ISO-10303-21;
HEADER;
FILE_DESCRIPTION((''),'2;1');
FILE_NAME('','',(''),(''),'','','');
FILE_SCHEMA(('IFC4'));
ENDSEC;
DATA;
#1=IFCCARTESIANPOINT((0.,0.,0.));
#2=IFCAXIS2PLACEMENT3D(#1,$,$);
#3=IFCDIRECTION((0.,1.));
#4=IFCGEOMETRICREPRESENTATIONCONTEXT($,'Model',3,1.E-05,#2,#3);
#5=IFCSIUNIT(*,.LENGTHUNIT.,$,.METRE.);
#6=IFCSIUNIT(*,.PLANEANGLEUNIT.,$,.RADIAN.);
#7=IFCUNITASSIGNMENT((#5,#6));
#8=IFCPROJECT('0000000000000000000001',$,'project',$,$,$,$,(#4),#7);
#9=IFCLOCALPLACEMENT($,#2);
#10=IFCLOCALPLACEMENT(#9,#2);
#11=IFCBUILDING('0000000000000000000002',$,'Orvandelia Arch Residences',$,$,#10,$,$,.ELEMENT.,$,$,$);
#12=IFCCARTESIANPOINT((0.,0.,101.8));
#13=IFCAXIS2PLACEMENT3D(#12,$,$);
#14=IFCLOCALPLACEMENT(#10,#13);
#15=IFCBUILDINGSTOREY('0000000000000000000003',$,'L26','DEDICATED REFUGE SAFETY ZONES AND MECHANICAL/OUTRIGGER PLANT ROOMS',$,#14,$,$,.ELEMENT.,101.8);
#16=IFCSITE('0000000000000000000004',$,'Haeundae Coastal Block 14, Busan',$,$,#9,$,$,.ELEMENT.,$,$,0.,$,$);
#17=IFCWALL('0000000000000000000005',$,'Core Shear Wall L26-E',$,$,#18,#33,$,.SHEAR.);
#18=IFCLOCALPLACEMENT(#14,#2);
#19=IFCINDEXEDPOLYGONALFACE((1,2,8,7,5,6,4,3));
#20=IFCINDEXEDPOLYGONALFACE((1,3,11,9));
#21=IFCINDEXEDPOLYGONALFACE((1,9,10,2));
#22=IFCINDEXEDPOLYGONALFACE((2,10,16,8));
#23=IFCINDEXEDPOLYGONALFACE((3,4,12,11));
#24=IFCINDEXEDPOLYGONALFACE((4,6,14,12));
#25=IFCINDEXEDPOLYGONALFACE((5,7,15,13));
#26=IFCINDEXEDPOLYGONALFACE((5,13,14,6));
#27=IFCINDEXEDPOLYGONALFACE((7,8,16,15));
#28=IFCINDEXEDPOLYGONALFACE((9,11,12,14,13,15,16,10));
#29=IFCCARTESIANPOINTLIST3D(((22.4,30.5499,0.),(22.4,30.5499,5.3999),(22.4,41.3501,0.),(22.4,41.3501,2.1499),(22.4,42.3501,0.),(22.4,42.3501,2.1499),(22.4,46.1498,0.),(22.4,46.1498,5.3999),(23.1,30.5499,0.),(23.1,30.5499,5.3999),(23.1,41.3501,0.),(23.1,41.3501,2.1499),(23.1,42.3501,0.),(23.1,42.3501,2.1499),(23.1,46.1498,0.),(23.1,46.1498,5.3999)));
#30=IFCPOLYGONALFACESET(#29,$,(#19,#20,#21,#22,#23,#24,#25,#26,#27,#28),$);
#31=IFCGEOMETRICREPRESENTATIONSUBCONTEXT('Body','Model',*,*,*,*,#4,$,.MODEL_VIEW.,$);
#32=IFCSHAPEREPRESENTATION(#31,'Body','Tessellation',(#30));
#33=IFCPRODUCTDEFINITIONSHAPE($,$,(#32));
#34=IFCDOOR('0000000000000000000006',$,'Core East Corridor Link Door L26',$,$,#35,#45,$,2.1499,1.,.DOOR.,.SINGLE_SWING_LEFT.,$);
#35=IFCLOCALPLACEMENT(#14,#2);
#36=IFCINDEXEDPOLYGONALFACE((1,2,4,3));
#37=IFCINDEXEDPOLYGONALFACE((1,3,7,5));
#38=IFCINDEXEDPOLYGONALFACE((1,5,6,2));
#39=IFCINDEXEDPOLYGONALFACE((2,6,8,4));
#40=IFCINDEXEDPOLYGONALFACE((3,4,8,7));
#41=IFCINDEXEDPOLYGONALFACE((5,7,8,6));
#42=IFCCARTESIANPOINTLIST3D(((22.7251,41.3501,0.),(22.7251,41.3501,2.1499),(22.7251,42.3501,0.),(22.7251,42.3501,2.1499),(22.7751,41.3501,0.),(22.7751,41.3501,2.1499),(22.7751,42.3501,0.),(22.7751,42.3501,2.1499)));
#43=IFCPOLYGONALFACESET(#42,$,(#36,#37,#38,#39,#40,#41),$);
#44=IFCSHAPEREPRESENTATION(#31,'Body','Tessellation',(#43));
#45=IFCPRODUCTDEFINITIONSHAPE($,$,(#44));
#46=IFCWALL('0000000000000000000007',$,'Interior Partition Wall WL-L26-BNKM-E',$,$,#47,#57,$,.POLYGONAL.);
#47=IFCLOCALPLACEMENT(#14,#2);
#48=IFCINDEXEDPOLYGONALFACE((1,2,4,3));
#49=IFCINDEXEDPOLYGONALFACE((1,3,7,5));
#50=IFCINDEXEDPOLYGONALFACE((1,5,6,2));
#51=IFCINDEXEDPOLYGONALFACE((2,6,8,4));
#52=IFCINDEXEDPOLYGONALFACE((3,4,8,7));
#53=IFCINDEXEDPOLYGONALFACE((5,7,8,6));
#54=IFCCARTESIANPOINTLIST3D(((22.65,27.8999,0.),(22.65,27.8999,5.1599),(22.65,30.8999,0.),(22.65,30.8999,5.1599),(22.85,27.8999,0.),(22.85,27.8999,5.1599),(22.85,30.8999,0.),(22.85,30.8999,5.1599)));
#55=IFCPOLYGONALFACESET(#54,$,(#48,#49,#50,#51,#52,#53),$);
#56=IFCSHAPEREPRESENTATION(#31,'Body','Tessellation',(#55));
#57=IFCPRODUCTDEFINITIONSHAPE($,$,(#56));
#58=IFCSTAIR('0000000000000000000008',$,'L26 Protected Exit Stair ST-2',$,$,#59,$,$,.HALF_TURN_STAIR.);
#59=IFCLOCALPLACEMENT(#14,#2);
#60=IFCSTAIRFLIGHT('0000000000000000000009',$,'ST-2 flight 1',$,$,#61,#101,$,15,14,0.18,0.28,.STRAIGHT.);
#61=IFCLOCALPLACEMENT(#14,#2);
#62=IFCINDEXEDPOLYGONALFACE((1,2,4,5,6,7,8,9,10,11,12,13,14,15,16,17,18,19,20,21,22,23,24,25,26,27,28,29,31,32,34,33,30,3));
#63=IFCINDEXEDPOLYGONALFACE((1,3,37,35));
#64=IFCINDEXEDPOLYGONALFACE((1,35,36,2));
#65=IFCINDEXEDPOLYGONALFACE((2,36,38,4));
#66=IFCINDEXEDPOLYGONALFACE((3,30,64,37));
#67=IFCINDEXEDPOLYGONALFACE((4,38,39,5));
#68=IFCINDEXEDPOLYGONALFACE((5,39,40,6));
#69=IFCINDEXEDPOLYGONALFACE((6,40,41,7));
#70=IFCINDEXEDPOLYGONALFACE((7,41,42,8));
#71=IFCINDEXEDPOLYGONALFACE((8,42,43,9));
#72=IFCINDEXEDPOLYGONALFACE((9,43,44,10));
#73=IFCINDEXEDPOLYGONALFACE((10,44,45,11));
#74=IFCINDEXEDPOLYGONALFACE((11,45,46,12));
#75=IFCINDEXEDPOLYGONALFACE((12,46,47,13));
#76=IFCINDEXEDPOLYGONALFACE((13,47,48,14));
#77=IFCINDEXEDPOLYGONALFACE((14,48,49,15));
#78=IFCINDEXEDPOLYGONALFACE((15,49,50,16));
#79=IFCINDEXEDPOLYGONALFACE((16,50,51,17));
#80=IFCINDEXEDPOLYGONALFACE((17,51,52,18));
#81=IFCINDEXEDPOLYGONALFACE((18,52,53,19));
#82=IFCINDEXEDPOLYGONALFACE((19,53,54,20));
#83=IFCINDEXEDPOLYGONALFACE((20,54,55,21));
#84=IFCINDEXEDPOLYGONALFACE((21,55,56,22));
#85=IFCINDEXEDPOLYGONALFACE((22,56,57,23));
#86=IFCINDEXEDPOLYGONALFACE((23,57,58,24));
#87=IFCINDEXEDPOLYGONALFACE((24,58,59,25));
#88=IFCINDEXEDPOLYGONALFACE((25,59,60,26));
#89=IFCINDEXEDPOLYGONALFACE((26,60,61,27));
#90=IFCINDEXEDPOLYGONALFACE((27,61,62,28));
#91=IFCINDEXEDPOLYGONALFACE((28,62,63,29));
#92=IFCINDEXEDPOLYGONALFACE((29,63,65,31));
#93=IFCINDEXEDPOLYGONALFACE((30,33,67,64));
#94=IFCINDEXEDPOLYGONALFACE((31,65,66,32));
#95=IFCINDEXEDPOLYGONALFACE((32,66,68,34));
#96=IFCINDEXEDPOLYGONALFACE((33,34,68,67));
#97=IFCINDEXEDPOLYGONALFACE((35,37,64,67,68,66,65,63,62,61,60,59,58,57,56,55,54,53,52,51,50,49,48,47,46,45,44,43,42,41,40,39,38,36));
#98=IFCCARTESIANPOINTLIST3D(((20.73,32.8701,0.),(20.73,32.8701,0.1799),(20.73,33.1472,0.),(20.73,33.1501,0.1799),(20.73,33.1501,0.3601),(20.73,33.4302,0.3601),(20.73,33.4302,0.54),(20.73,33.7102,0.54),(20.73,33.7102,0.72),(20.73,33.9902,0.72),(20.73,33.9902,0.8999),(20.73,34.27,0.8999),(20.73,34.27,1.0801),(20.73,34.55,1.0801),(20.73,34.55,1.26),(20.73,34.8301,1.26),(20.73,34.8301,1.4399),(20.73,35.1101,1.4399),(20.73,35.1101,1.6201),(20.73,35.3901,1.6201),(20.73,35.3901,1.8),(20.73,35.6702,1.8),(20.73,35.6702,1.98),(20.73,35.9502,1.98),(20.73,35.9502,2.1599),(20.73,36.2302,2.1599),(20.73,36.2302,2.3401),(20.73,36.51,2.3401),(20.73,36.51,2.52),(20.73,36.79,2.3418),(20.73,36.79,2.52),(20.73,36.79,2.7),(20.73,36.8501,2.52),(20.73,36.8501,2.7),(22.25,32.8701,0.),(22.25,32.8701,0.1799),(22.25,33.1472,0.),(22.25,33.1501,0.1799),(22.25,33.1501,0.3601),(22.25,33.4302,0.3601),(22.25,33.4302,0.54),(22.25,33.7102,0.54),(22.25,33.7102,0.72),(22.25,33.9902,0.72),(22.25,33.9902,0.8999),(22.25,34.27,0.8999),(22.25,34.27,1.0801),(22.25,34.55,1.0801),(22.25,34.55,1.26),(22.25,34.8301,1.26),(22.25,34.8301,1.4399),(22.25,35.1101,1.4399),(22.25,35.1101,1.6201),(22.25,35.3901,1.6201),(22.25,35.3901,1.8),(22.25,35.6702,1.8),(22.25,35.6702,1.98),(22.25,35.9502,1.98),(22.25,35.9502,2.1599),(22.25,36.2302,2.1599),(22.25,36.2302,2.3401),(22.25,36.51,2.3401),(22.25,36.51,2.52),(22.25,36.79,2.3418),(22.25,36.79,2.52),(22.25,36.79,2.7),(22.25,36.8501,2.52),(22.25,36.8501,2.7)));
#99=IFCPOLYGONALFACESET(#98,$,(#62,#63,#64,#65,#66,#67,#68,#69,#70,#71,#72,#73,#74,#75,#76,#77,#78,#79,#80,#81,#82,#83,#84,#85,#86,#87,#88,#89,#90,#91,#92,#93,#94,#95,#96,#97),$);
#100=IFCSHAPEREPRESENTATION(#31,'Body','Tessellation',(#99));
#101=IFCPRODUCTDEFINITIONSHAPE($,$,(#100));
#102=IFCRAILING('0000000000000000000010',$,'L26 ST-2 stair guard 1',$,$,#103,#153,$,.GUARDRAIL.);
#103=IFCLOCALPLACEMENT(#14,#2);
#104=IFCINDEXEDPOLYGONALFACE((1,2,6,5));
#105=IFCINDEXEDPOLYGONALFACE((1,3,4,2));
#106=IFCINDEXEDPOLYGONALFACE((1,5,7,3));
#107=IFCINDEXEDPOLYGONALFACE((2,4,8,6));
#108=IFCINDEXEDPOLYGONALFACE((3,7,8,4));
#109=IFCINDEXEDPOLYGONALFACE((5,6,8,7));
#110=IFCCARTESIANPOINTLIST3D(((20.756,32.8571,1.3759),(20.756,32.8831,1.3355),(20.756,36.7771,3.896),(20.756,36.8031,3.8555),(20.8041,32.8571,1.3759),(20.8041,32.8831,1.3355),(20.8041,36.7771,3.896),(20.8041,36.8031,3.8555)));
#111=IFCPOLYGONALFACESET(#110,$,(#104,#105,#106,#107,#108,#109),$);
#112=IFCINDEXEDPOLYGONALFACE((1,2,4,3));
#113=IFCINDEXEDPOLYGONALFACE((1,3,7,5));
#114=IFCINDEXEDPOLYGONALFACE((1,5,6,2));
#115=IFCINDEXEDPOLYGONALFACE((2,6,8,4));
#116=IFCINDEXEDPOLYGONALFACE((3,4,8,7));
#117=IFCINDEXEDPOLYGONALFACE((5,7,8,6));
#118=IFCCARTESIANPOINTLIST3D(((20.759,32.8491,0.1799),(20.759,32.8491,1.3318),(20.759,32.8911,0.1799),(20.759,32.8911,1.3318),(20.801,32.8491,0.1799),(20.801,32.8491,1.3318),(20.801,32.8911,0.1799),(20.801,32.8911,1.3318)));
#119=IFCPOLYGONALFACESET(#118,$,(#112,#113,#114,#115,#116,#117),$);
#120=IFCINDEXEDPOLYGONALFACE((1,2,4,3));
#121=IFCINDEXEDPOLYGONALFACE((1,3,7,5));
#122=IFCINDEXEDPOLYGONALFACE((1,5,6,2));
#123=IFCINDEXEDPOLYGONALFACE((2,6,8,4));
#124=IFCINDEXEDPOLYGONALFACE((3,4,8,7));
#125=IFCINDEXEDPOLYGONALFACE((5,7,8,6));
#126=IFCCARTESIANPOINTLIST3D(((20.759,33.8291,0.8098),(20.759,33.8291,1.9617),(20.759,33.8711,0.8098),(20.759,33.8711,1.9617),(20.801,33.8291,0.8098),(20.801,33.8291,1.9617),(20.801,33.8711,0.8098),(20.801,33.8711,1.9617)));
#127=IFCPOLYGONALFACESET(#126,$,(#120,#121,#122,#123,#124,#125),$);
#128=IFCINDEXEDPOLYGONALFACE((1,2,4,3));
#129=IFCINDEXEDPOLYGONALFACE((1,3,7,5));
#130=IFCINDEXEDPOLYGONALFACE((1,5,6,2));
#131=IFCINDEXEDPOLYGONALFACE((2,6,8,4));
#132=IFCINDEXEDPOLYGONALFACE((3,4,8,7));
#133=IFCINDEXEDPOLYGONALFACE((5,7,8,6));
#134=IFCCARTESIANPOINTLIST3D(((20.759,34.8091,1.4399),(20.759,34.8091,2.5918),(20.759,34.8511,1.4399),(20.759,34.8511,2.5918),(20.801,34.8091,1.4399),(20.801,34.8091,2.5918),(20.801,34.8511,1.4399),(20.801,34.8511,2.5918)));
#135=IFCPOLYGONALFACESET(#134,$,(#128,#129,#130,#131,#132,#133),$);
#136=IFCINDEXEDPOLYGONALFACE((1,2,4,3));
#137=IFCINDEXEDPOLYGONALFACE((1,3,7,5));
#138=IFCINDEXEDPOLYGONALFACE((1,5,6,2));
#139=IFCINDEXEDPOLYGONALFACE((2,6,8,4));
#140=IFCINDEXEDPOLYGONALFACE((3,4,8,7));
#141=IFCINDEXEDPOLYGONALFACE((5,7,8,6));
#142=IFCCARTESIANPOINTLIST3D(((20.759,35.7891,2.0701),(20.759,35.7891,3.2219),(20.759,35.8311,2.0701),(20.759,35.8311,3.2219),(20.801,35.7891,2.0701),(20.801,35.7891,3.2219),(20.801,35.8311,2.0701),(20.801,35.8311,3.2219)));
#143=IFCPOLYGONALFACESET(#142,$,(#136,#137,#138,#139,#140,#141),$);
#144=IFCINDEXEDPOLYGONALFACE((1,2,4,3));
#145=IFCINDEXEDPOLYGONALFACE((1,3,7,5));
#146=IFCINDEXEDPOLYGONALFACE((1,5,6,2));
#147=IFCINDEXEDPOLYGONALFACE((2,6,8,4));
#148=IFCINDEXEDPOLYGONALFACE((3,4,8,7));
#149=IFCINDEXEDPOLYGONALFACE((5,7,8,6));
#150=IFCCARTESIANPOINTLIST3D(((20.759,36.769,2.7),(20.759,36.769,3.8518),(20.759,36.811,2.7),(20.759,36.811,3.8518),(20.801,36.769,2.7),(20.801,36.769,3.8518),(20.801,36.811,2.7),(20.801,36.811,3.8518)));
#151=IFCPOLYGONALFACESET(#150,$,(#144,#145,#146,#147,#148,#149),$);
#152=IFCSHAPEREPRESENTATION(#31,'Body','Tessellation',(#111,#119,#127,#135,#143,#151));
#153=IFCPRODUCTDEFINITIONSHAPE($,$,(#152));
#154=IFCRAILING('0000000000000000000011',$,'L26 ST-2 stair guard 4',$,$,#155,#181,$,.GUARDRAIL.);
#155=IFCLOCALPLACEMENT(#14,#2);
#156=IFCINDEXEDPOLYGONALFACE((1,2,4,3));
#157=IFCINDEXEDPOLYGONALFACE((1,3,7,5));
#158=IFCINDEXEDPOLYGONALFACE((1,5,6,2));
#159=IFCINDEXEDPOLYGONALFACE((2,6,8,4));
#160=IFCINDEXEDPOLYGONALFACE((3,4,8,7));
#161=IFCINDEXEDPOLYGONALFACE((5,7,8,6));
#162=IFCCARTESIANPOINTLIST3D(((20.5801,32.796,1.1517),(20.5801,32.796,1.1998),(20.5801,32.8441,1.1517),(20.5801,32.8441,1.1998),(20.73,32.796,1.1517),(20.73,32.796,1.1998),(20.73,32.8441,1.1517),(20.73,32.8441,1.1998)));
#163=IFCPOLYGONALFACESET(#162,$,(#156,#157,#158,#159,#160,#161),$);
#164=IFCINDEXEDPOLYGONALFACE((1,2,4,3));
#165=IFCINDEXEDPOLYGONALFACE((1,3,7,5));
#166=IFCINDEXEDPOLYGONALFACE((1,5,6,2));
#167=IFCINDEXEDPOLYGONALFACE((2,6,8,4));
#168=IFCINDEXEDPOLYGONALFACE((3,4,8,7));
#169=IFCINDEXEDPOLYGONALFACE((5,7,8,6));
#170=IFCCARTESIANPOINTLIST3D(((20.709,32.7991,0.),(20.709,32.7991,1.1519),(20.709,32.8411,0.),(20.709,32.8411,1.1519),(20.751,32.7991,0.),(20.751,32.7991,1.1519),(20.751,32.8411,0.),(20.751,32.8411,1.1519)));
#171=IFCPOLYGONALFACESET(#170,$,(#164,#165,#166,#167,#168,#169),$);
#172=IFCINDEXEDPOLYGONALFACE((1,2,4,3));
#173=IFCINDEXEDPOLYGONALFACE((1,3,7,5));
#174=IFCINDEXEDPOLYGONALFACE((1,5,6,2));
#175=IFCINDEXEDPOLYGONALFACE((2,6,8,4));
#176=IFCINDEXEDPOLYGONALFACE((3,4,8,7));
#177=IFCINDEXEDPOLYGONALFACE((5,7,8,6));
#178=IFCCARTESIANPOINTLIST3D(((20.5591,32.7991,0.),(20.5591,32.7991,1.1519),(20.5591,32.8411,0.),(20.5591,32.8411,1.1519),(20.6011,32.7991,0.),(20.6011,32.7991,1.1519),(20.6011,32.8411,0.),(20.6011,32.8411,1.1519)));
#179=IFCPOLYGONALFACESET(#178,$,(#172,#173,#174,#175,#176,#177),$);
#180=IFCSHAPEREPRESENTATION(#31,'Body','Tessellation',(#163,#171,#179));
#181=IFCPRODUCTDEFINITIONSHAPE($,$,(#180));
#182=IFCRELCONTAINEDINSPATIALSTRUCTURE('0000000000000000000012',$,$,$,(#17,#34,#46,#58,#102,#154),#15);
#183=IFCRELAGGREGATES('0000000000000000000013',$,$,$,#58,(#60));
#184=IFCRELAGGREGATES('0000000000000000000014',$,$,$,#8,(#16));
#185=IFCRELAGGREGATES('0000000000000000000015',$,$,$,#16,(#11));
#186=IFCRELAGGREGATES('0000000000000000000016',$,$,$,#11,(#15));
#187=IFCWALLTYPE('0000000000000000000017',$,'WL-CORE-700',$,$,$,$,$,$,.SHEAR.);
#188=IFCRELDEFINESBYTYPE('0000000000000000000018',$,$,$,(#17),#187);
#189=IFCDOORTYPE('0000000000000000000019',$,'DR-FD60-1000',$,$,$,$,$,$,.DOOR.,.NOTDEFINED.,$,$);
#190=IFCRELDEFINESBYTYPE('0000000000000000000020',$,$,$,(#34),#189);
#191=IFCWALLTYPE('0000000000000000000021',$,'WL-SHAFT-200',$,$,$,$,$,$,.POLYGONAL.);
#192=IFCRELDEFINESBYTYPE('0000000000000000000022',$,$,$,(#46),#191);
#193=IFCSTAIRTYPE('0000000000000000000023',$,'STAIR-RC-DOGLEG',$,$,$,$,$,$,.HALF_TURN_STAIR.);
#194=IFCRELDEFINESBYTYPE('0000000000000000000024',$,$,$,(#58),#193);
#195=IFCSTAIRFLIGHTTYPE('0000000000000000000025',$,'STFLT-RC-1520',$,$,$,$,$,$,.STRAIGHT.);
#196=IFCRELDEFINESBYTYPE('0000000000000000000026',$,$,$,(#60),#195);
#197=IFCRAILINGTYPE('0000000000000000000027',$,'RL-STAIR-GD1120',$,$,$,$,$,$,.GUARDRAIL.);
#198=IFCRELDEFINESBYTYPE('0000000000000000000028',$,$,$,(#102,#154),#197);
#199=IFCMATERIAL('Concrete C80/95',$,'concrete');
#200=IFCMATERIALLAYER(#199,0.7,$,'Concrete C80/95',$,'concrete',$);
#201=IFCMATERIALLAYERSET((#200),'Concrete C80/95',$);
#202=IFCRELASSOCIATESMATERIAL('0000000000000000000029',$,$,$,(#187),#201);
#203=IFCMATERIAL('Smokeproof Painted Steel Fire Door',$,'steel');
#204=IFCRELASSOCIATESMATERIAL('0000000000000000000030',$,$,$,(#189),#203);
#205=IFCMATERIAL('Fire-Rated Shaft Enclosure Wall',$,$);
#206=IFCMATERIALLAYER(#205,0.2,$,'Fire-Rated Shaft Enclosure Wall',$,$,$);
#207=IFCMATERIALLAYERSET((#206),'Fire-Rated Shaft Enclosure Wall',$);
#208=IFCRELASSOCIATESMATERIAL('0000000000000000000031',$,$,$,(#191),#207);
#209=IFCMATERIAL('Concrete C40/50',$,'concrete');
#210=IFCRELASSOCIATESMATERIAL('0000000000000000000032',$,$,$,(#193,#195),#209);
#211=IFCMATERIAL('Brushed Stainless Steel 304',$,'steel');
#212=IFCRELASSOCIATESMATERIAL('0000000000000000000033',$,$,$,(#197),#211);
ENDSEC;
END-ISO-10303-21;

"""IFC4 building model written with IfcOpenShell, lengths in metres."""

from ifc_helpers import new_model, si_unit, direction, frame, frame_2d, origin, origin_2d, place, context, subcontext, project, spatial, polyline, rectangle, outline, extrude, material, layer, layer_set, type_object, element, fill, aggregate, save


model = new_model("IFC4")

# Units and contexts
model_context = context("Model", 3, precision=1e-05, world=origin(), true_north=direction((0.0, 1.0)))
body_context = subcontext(model_context, "Body", "Model", "MODEL_VIEW")
ifc_project = project(units=[si_unit("LENGTHUNIT", "METRE"), si_unit("PLANEANGLEUNIT", "RADIAN")], contexts=[model_context])

# Site, building, storey
site_placement = place(None, origin())
site = spatial("IfcSite", under=ifc_project, at=site_placement, Name="Haeundae Coastal Block 14, Busan", CompositionType="ELEMENT", RefElevation=0.0)
building_placement = place(site_placement, origin())
building = spatial("IfcBuilding", under=site, at=building_placement, Name="Orvandelia Arch Residences", CompositionType="ELEMENT")
storey_placement = place(building_placement, frame((0.0, 0.0, 101.8)))
storey = spatial("IfcBuildingStorey", under=building, at=storey_placement, Name="L26", Description="DEDICATED REFUGE SAFETY ZONES AND MECHANICAL/OUTRIGGER PLANT ROOMS", CompositionType="ELEMENT", Elevation=101.8)

# Shared definitions
ifc_material_1 = material(Name="Concrete C80/95", Category="concrete")

# Wall, opening, door
ifc_layer_1 = layer(ifc_material_1, 0.7, Name="Concrete C80/95", Category="concrete")
ifc_layer_set_1 = layer_set([ifc_layer_1], Name="Concrete C80/95")
wall_type_1 = type_object("IfcWallType", Name="WL-CORE-700", PredefinedType="SHEAR", material=ifc_layer_set_1)
wall_1_placement = place(storey_placement, frame((22.75, 30.55, 0.0), z_axis=(0.0, 0.0, 1.0), x_axis=(0.0, 1.0, 0.0)))
wall_1 = element("IfcWall", 1, at=wall_1_placement, inside=storey, type_object=wall_type_1, Name="Core Shear Wall L26-E", PredefinedType="SHEAR", context=body_context, shape_type="SweptSolid", body=[
    extrude(rectangle(XDim=15.5999, YDim=0.7, at=frame_2d((7.7998, 0.0))), origin(), (0.0, 0.0, 1.0), 5.3999),
])
opening_placement = place(wall_1_placement, frame((10.8, 0.0, 0.0)))
opening = element("IfcOpeningElement", 2, at=opening_placement, cuts=wall_1, PredefinedType="OPENING", context=body_context, shape_type="SweptSolid", body=[
    extrude(rectangle(XDim=1.0, YDim=2.1499, at=frame_2d((0.5, 1.075))), frame((0.0, 0.3599, 0.0), z_axis=(0.0, -1.0, 0.0), x_axis=(1.0, 0.0, 0.0)), (0.0, 0.0, 1.0), 0.72),
])
ifc_material_2 = material(Name="Smokeproof Painted Steel Fire Door", Category="steel")
door_type = type_object("IfcDoorType", Name="DR-FD60-1000", OperationType="NOTDEFINED", PredefinedType="DOOR", material=ifc_material_2)
door_placement = place(opening_placement, origin())
door = element("IfcDoor", 3, at=door_placement, inside=storey, type_object=door_type, Name="Core East Corridor Link Door L26", OperationType="SINGLE_SWING_LEFT", OverallHeight=2.1499, OverallWidth=1.0, PredefinedType="DOOR", context=body_context, shape_type="SweptSolid", body=[
    extrude(rectangle(XDim=1.0, YDim=2.1499, at=frame_2d((0.5, 1.075))), frame((0.0, 0.0249, 0.0), z_axis=(0.0, -1.0, 0.0), x_axis=(1.0, 0.0, 0.0)), (0.0, 0.0, 1.0), 0.05),
])
fill(opening, door)

# Wall
ifc_material_3 = material(Name="Fire-Rated Shaft Enclosure Wall")
ifc_layer_2 = layer(ifc_material_3, 0.2, Name="Fire-Rated Shaft Enclosure Wall")
ifc_layer_set_2 = layer_set([ifc_layer_2], Name="Fire-Rated Shaft Enclosure Wall")
wall_type_2 = type_object("IfcWallType", Name="WL-SHAFT-200", PredefinedType="POLYGONAL", material=ifc_layer_set_2)
wall_2_placement = place(storey_placement, frame((22.75, 27.8999, 0.0), z_axis=(0.0, 0.0, 1.0), x_axis=(0.0, 1.0, 0.0)))
element("IfcWall", 4, at=wall_2_placement, inside=storey, type_object=wall_type_2, Name="Interior Partition Wall WL-L26-BNKM-E", PredefinedType="POLYGONAL", context=body_context, shape_type="SweptSolid", body=[
    extrude(rectangle(XDim=3.0, YDim=0.2, at=frame_2d((1.5, 0.0))), origin(), (0.0, 0.0, 1.0), 5.1599),
])

# Stair, stair flight
ifc_material_4 = material(Name="Concrete C40/50", Category="concrete")
stair_type = type_object("IfcStairType", Name="STAIR-RC-DOGLEG", PredefinedType="HALF_TURN_STAIR", material=ifc_material_4)
stair_placement = place(storey_placement, origin())
stair = element("IfcStair", 5, at=stair_placement, inside=storey, type_object=stair_type, Name="L26 Protected Exit Stair ST-2", PredefinedType="HALF_TURN_STAIR")
stair_flight_type = type_object("IfcStairFlightType", Name="STFLT-RC-1520", PredefinedType="STRAIGHT", material=ifc_material_4)
stair_flight_placement = place(storey_placement, frame((21.49, 32.8701, 0.0), z_axis=(0.0, 0.0, 1.0), x_axis=(0.0, 1.0, 0.0)))
stair_flight = element("IfcStairFlight", 6, at=stair_flight_placement, type_object=stair_flight_type, Name="ST-2 flight 1", NumberOfRisers=15, NumberOfTreads=14, PredefinedType="STRAIGHT", RiserHeight=0.18, TreadLength=0.28, context=body_context, shape_type="SweptSolid", body=[
    extrude(outline(polyline([(0.0, 0.0), (0.0, 0.1799), (0.28, 0.1799), (0.28, 0.3601), (0.5601, 0.3601), (0.5601, 0.54), (0.8401, 0.54), (0.8401, 0.72), (1.1201, 0.72), (1.1201, 0.8999), (1.3999, 0.8999), (1.3999, 1.0801), (1.6799, 1.0801), (1.6799, 1.26), (1.96, 1.26), (1.96, 1.4399), (2.24, 1.4399), (2.24, 1.6201), (2.52, 1.6201), (2.52, 1.8), (2.8, 1.8), (2.8, 1.98), (3.0801, 1.98), (3.0801, 2.1599), (3.3601, 2.1599), (3.3601, 2.3401), (3.6399, 2.3401), (3.6399, 2.52), (3.9199, 2.52), (3.9199, 2.7), (3.98, 2.7), (3.98, 2.52), (3.9199, 2.3418), (0.2771, 0.0), (0.0, 0.0)])), frame((0.0, 0.76, 0.0), z_axis=(0.0, -1.0, 0.0), x_axis=(1.0, 0.0, 0.0)), (0.0, 0.0, 1.0), 1.52),
])
aggregate(stair, [stair_flight])

# Railings
ifc_material_5 = material(Name="Brushed Stainless Steel 304", Category="steel")
railing_type_1 = type_object("IfcRailingType", Name="RL-STAIR-GD1120", PredefinedType="GUARDRAIL", material=ifc_material_5)
railing_1_placement = place(storey_placement, frame((20.78, 32.8701, 0.1799)))
element("IfcRailing", 7, at=railing_1_placement, inside=storey, type_object=railing_type_1, Name="L26 ST-2 stair guard 1", PredefinedType="GUARDRAIL", context=body_context, shape_type="SweptSolid", body=[
    extrude(rectangle(XDim=0.0481, YDim=0.0481, at=origin_2d()), frame((0.0, 0.0, 1.1758), z_axis=(0.0, 0.841172, 0.540768), x_axis=(-1.0, 0.0, 0.0)), (0.0, 0.0, 1.0), 4.6602),
    extrude(rectangle(XDim=0.042, YDim=0.042, at=origin_2d()), origin(), (0.0, 0.0, 1.0), 1.1519),
    extrude(rectangle(XDim=0.042, YDim=0.042, at=origin_2d()), frame((0.0, 0.98, 0.6299)), (0.0, 0.0, 1.0), 1.1519),
    extrude(rectangle(XDim=0.042, YDim=0.042, at=origin_2d()), frame((0.0, 1.96, 1.26)), (0.0, 0.0, 1.0), 1.1519),
    extrude(rectangle(XDim=0.042, YDim=0.042, at=origin_2d()), frame((0.0, 2.9399, 1.8901)), (0.0, 0.0, 1.0), 1.1519),
    extrude(rectangle(XDim=0.042, YDim=0.042, at=origin_2d()), frame((0.0, 3.9199, 2.52)), (0.0, 0.0, 1.0), 1.1519),
])
railing_2_placement = place(storey_placement, frame((20.73, 32.8201, 0.0)))
element("IfcRailing", 8, at=railing_2_placement, inside=storey, type_object=railing_type_1, Name="L26 ST-2 stair guard 4", PredefinedType="GUARDRAIL", context=body_context, shape_type="SweptSolid", body=[
    extrude(rectangle(XDim=0.0481, YDim=0.0481, at=origin_2d()), frame((0.0, 0.0, 1.1758), z_axis=(-1.0, 0.0, 0.0), x_axis=(0.0, -1.0, 0.0)), (0.0, 0.0, 1.0), 0.1499),
    extrude(rectangle(XDim=0.042, YDim=0.042, at=origin_2d()), origin(), (0.0, 0.0, 1.0), 1.1519),
    extrude(rectangle(XDim=0.042, YDim=0.042, at=origin_2d()), frame((-0.1499, 0.0, 0.0)), (0.0, 0.0, 1.0), 1.1519),
])

save(model, "model.ifc")
